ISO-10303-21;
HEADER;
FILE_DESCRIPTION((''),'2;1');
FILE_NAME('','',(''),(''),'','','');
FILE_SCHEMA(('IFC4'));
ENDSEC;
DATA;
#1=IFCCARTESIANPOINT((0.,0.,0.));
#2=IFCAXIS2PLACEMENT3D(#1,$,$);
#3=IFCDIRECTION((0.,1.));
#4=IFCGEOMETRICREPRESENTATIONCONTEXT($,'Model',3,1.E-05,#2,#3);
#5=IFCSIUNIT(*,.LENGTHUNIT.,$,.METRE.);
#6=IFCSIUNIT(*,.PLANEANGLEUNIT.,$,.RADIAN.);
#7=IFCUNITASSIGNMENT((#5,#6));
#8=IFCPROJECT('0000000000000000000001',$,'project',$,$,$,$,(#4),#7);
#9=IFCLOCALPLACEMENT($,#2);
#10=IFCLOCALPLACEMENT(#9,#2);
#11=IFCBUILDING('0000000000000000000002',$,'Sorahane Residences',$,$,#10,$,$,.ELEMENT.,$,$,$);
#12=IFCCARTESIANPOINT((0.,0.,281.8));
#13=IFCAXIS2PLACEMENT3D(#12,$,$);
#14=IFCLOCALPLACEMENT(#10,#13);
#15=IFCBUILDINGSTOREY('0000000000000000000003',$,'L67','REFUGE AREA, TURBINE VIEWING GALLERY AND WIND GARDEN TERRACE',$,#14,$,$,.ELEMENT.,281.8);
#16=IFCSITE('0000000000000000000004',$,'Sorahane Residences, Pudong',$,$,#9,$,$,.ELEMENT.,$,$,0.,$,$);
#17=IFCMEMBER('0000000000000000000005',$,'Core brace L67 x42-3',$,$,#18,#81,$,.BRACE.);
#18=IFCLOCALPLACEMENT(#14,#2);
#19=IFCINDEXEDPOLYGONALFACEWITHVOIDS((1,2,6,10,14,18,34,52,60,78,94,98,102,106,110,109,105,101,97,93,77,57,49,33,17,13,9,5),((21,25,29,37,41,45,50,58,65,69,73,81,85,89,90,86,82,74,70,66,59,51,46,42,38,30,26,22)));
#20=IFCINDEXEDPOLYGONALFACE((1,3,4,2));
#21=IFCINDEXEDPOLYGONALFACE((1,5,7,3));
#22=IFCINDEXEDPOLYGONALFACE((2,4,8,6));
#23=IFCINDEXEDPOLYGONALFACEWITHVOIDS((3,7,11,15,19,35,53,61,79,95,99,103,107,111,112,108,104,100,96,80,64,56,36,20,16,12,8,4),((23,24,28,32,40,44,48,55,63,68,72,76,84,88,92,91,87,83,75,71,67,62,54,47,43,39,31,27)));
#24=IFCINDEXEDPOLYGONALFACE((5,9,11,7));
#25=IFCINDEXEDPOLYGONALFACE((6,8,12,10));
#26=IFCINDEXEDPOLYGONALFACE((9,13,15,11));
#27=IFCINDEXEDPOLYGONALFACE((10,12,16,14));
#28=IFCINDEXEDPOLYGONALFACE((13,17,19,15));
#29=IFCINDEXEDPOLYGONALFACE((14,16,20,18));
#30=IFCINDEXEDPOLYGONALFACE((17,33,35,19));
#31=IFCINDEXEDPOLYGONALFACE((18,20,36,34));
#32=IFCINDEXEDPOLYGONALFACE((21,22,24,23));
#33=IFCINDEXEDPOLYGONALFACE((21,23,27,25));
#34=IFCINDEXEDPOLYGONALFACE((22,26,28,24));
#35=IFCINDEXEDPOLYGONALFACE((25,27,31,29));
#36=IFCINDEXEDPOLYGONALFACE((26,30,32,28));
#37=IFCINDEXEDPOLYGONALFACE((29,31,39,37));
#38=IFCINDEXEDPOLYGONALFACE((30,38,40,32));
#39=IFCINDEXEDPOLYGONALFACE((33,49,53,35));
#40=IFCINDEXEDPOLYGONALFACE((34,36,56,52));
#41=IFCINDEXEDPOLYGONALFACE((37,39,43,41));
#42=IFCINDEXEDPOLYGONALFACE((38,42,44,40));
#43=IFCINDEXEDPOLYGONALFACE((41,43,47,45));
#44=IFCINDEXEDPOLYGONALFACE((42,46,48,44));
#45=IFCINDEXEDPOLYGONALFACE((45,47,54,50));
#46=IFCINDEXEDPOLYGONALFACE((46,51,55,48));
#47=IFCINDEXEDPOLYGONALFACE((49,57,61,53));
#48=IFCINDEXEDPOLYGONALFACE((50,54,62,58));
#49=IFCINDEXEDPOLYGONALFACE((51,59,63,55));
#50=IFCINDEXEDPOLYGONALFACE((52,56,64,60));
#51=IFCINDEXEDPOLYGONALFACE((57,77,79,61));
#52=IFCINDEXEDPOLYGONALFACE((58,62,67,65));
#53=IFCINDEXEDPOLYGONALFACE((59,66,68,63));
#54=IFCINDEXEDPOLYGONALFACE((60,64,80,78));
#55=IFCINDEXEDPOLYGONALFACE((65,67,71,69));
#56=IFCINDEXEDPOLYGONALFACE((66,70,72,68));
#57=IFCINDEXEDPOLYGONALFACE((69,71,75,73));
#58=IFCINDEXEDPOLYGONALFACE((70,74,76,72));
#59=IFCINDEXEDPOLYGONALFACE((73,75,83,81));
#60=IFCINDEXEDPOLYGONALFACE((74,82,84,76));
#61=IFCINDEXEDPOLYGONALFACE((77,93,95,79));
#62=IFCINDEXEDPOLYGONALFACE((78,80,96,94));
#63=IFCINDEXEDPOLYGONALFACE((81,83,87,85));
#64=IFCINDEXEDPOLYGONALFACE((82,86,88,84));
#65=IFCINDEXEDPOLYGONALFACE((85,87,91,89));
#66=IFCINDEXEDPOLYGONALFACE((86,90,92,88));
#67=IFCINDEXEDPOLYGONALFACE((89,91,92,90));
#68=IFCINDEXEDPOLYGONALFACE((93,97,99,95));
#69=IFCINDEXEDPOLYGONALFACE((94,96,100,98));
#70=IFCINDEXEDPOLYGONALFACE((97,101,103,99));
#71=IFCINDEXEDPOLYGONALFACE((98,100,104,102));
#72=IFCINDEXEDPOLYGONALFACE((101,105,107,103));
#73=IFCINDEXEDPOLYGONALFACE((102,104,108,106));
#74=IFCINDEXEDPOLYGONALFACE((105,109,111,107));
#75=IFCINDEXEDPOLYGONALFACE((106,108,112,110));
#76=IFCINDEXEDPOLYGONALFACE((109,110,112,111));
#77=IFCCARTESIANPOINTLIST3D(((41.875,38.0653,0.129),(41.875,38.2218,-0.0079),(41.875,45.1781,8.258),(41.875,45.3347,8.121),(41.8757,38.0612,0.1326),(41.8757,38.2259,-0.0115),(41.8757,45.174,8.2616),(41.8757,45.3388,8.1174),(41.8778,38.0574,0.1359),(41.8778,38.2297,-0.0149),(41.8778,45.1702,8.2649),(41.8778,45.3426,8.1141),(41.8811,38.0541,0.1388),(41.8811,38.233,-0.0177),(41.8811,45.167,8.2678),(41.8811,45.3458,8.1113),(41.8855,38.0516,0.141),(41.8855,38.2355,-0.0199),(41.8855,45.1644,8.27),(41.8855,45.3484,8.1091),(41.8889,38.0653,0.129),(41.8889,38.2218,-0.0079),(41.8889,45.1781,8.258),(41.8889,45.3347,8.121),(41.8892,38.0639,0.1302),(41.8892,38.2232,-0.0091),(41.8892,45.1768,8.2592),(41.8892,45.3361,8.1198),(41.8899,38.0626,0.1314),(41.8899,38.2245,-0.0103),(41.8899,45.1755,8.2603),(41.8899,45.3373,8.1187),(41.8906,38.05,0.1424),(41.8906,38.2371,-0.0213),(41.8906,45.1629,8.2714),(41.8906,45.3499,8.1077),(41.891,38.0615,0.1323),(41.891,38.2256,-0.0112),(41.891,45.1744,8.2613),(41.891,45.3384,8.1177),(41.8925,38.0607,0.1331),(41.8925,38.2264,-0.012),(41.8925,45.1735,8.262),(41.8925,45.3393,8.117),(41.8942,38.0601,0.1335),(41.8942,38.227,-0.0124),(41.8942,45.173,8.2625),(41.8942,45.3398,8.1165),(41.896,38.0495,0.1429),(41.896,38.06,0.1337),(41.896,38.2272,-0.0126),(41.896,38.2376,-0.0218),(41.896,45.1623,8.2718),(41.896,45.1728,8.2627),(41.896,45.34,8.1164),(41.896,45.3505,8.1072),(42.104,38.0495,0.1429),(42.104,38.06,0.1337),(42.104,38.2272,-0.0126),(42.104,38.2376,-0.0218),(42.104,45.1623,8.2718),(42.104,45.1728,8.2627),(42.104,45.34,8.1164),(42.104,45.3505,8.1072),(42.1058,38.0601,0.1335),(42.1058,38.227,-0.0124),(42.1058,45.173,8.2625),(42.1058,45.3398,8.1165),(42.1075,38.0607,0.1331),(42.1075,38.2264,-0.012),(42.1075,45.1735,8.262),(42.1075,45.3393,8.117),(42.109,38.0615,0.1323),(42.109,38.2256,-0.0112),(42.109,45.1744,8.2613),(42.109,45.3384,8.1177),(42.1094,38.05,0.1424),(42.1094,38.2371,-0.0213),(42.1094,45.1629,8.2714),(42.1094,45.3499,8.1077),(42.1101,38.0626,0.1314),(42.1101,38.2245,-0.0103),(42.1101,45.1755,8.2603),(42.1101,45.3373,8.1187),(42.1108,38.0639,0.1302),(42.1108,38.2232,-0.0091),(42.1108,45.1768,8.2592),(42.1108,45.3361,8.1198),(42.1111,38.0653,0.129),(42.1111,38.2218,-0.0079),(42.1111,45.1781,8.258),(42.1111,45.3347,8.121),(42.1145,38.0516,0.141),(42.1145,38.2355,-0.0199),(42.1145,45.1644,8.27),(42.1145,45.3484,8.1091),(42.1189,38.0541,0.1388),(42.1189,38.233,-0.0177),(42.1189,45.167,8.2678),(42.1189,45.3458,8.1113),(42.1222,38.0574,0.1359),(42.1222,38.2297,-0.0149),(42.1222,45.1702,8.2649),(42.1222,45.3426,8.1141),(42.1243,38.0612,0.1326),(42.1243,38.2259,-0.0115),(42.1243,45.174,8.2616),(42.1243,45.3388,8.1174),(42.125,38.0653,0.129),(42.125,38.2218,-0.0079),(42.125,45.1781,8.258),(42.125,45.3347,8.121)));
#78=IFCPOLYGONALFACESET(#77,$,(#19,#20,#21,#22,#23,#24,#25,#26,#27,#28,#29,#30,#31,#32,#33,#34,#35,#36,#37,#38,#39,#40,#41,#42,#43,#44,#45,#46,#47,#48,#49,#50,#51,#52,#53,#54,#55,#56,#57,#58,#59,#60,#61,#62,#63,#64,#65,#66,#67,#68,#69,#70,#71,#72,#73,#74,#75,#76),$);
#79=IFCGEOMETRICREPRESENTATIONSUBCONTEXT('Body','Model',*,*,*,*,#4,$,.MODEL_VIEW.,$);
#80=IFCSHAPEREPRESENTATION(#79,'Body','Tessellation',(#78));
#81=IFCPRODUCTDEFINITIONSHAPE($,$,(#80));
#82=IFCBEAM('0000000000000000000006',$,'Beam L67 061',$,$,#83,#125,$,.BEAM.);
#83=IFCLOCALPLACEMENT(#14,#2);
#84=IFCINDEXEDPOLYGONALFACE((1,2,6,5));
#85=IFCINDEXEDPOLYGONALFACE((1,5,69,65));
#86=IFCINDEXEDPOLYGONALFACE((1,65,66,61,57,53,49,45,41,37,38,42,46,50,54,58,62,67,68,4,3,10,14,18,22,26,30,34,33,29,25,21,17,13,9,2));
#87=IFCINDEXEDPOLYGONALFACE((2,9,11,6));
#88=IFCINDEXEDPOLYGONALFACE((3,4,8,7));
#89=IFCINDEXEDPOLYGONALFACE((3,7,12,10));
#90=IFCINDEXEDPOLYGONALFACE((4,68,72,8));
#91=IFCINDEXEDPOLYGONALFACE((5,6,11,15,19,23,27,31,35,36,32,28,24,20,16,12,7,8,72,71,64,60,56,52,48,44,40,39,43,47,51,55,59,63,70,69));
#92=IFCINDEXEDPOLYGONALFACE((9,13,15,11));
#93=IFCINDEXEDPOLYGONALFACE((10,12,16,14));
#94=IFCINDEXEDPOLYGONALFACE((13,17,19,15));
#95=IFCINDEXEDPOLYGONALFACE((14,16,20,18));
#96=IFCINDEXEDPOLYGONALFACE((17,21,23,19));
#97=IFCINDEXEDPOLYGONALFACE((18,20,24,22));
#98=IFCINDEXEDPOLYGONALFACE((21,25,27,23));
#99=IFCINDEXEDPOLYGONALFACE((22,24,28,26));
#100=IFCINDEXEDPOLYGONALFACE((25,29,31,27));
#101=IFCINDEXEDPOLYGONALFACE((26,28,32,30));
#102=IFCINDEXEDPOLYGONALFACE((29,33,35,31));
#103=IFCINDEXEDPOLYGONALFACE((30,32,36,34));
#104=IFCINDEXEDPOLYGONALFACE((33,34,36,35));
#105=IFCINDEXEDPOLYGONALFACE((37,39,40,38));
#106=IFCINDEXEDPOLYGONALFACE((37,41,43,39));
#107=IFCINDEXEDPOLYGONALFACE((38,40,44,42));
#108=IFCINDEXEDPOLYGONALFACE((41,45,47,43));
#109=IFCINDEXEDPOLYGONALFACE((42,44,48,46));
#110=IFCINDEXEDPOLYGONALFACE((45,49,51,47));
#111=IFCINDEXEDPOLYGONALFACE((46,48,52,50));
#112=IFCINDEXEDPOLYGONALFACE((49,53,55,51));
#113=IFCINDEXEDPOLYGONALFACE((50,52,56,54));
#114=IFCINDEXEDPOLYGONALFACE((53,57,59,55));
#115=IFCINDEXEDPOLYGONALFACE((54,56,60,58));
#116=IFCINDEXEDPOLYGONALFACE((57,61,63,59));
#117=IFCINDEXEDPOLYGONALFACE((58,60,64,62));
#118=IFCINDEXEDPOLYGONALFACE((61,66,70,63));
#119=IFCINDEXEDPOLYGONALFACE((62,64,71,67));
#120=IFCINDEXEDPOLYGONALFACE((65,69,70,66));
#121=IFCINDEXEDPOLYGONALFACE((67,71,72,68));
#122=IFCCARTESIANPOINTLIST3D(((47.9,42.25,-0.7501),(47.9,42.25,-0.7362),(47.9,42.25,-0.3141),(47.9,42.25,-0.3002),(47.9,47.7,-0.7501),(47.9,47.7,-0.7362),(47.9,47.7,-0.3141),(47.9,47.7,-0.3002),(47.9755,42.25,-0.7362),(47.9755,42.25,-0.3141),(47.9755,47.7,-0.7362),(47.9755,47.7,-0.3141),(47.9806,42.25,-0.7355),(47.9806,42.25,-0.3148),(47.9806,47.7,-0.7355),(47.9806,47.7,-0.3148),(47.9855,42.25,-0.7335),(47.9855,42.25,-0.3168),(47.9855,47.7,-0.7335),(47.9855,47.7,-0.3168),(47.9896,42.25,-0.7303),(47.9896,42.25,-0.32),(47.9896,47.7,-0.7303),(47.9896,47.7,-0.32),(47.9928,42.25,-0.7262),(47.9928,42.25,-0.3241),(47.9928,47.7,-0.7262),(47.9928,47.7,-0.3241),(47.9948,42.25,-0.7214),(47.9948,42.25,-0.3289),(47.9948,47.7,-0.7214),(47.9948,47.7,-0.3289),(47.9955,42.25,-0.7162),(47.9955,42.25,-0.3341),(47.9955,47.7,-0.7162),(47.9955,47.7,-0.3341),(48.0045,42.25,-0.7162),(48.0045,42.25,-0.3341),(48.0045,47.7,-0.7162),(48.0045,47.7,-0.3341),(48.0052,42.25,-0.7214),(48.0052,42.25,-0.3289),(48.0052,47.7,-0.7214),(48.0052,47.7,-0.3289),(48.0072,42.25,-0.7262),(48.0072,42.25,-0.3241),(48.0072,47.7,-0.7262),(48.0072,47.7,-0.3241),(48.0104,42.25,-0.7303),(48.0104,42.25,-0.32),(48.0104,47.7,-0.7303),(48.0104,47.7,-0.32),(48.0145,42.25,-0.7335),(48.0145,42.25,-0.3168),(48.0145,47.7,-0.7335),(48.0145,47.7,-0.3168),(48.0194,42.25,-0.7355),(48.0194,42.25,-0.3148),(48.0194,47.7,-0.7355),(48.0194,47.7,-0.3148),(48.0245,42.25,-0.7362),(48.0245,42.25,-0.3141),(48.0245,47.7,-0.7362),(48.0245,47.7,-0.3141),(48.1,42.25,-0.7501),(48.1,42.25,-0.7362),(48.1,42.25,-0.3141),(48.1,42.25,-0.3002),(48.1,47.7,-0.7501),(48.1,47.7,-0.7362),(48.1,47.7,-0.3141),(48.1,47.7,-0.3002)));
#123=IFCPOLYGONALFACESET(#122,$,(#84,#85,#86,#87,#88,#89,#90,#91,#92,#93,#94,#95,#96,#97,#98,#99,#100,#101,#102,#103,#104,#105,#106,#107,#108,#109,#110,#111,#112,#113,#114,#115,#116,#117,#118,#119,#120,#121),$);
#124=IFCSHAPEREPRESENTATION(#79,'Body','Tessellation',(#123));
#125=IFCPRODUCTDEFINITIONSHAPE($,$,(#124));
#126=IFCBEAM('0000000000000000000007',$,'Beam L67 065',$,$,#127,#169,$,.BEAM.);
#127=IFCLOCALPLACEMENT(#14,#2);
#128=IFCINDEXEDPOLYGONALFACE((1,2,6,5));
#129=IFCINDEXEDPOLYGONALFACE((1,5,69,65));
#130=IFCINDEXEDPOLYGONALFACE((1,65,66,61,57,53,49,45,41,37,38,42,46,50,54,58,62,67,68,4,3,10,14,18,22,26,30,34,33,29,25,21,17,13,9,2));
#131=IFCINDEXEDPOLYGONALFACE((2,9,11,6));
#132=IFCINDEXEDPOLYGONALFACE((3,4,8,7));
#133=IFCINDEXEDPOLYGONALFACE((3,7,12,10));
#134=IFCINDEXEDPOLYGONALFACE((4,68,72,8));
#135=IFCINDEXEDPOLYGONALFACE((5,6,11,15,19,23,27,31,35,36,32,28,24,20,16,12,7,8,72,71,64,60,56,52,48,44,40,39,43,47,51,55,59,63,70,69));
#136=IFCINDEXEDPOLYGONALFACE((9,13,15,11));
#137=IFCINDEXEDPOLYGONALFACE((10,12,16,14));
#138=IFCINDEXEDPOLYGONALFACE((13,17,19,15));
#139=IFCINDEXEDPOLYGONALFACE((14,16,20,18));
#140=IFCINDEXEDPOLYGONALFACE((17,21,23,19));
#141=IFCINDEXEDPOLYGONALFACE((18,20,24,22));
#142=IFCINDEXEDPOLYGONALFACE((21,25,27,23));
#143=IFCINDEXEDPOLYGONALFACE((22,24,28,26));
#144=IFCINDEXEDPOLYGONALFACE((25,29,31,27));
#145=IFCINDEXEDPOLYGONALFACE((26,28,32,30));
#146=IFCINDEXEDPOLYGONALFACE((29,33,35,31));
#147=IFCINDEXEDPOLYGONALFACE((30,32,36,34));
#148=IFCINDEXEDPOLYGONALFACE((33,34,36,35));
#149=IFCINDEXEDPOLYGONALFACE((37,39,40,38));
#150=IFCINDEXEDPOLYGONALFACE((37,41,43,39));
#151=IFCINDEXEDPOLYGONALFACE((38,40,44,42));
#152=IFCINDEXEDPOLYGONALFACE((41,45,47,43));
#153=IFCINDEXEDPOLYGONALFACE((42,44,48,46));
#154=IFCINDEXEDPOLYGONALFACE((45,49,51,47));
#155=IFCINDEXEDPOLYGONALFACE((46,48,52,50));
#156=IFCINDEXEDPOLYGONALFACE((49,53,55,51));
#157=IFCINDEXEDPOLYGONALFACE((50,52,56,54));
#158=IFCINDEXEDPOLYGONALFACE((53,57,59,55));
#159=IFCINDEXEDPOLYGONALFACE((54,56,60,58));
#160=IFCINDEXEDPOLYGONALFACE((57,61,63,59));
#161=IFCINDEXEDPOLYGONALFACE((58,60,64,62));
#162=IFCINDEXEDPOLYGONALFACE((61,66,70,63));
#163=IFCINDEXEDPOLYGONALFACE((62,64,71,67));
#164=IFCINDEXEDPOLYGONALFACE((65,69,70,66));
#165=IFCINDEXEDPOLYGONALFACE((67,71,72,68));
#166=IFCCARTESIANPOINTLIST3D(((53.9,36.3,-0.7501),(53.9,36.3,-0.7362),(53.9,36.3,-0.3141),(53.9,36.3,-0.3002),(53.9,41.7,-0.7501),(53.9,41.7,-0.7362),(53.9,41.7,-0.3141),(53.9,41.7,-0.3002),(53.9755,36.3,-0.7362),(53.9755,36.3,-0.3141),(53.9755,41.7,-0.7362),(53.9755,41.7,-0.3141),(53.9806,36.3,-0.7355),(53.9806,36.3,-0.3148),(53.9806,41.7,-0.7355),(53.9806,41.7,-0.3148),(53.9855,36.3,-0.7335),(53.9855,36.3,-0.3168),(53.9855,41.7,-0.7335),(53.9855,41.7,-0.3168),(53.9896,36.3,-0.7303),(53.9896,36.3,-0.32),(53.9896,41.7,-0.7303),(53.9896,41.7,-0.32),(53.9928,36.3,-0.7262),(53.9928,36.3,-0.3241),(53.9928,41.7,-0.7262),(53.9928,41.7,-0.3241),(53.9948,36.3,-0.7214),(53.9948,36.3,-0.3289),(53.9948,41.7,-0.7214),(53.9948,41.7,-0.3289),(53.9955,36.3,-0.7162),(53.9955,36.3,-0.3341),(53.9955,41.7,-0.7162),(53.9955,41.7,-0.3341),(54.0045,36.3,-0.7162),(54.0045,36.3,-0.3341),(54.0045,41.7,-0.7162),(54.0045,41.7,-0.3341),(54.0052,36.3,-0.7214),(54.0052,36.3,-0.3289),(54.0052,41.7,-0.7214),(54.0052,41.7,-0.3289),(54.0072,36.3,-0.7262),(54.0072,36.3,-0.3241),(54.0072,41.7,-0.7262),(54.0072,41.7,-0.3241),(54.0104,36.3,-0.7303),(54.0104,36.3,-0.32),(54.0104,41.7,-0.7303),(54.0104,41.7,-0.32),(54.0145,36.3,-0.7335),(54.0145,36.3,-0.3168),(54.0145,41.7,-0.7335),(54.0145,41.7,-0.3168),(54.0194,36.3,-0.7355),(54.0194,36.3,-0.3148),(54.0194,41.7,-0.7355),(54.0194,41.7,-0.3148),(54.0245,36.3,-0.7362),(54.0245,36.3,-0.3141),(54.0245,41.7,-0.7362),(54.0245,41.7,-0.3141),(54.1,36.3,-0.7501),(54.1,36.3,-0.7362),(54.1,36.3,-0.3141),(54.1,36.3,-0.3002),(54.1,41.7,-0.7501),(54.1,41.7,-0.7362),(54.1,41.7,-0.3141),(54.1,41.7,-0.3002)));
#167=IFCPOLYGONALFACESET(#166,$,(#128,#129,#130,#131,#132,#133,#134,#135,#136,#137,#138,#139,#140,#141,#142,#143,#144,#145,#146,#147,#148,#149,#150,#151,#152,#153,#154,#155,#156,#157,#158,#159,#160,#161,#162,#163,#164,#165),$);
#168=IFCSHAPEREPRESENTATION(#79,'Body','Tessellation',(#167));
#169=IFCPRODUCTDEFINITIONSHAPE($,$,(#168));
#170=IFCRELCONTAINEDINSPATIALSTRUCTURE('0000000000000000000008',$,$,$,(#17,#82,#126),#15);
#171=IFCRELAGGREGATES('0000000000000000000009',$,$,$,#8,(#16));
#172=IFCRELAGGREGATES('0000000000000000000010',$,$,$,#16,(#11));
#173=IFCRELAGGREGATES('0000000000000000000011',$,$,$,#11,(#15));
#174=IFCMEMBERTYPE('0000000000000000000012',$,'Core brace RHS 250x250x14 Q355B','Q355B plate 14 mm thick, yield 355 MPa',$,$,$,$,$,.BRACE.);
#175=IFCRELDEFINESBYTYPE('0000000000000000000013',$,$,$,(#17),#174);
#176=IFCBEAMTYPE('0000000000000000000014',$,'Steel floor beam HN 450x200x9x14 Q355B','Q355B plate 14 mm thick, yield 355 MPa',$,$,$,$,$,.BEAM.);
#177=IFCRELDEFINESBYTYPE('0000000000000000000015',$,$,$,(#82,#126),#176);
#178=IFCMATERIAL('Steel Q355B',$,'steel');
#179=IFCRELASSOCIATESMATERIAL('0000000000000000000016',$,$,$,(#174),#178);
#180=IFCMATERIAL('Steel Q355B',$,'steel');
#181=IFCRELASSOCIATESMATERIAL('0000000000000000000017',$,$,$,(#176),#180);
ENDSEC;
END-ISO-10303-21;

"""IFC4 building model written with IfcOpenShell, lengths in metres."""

from ifc_helpers import new_model, si_unit, direction, frame, origin, origin_2d, place, context, subcontext, project, spatial, hollow_rectangle, i_section, extrude, material, material_profile, profile_set, type_object, element, save


model = new_model("IFC4")

# Units and contexts
model_context = context("Model", 3, precision=1e-05, world=origin(), true_north=direction((0.0, 1.0)))
body_context = subcontext(model_context, "Body", "Model", "MODEL_VIEW")
ifc_project = project(units=[si_unit("LENGTHUNIT", "METRE"), si_unit("PLANEANGLEUNIT", "RADIAN")], contexts=[model_context])

# Site, building, storey
site_placement = place(None, origin())
site = spatial("IfcSite", under=ifc_project, at=site_placement, Name="Sorahane Residences, Pudong", CompositionType="ELEMENT", RefElevation=0.0)
building_placement = place(site_placement, origin())
building = spatial("IfcBuilding", under=site, at=building_placement, Name="Sorahane Residences", CompositionType="ELEMENT")
storey_placement = place(building_placement, frame((0.0, 0.0, 281.8)))
storey = spatial("IfcBuildingStorey", under=building, at=storey_placement, Name="L67", Description="REFUGE AREA, TURBINE VIEWING GALLERY AND WIND GARDEN TERRACE", CompositionType="ELEMENT", Elevation=281.8)

# Member
ifc_material_1 = material(Name="Steel Q355B", Category="steel")
ifc_material_profile_1 = material_profile(ifc_material_1, hollow_rectangle(XDim=0.25, YDim=0.25, WallThickness=0.0139, InnerFilletRadius=0.0071, OuterFilletRadius=0.021, at=origin_2d()), Name="RHS 250x250x14")
ifc_profile_set_1 = profile_set([ifc_material_profile_1], Name="Steel Q355B")
member_type_1 = type_object("IfcMemberType", Name="Core brace RHS 250x250x14 Q355B", Description="Q355B plate 14 mm thick, yield 355 MPa", PredefinedType="BRACE", material=ifc_profile_set_1)
member_1_placement = place(storey_placement, frame((42.0, 38.1436, 0.0605), z_axis=(0.0, 0.658505, 0.752577), x_axis=(-1.0, 0.0, 0.0)))
element("IfcMember", 1, at=member_1_placement, inside=storey, type_object=member_type_1, Name="Core brace L67 x42-3", PredefinedType="BRACE", context=body_context, shape_type="SweptSolid", body=[
    extrude(hollow_rectangle(XDim=0.25, YDim=0.25, WallThickness=0.0139, InnerFilletRadius=0.0071, OuterFilletRadius=0.021, at=origin_2d()), origin(), (0.0, 0.0, 1.0), 10.8015),
])

# Beams
ifc_material_2 = material(Name="Steel Q355B", Category="steel")
ifc_material_profile_2 = material_profile(ifc_material_2, i_section(OverallWidth=0.2, OverallDepth=0.45, WebThickness=0.009, FlangeThickness=0.0139, FilletRadius=0.02, at=origin_2d()), Name="HN 450x200x9x14")
ifc_profile_set_2 = profile_set([ifc_material_profile_2], Name="Steel Q355B")
beam_type_1 = type_object("IfcBeamType", Name="Steel floor beam HN 450x200x9x14 Q355B", Description="Q355B plate 14 mm thick, yield 355 MPa", PredefinedType="BEAM", material=ifc_profile_set_2)
beam_1_placement = place(storey_placement, frame((48.0, 42.25, -0.5251), z_axis=(0.0, 1.0, 0.0), x_axis=(-1.0, 0.0, 0.0)))
element("IfcBeam", 2, at=beam_1_placement, inside=storey, type_object=beam_type_1, Name="Beam L67 061", PredefinedType="BEAM", context=body_context, shape_type="SweptSolid", body=[
    extrude(i_section(OverallWidth=0.2, OverallDepth=0.45, WebThickness=0.009, FlangeThickness=0.0139, FilletRadius=0.02, at=origin_2d()), origin(), (0.0, 0.0, 1.0), 5.45),
])
beam_2_placement = place(storey_placement, frame((54.0, 36.3, -0.5251), z_axis=(0.0, 1.0, 0.0), x_axis=(-1.0, 0.0, 0.0)))
element("IfcBeam", 3, at=beam_2_placement, inside=storey, type_object=beam_type_1, Name="Beam L67 065", PredefinedType="BEAM", context=body_context, shape_type="SweptSolid", body=[
    extrude(i_section(OverallWidth=0.2, OverallDepth=0.45, WebThickness=0.009, FlangeThickness=0.0139, FilletRadius=0.02, at=origin_2d()), origin(), (0.0, 0.0, 1.0), 5.3999),
])

save(model, "model.ifc")
